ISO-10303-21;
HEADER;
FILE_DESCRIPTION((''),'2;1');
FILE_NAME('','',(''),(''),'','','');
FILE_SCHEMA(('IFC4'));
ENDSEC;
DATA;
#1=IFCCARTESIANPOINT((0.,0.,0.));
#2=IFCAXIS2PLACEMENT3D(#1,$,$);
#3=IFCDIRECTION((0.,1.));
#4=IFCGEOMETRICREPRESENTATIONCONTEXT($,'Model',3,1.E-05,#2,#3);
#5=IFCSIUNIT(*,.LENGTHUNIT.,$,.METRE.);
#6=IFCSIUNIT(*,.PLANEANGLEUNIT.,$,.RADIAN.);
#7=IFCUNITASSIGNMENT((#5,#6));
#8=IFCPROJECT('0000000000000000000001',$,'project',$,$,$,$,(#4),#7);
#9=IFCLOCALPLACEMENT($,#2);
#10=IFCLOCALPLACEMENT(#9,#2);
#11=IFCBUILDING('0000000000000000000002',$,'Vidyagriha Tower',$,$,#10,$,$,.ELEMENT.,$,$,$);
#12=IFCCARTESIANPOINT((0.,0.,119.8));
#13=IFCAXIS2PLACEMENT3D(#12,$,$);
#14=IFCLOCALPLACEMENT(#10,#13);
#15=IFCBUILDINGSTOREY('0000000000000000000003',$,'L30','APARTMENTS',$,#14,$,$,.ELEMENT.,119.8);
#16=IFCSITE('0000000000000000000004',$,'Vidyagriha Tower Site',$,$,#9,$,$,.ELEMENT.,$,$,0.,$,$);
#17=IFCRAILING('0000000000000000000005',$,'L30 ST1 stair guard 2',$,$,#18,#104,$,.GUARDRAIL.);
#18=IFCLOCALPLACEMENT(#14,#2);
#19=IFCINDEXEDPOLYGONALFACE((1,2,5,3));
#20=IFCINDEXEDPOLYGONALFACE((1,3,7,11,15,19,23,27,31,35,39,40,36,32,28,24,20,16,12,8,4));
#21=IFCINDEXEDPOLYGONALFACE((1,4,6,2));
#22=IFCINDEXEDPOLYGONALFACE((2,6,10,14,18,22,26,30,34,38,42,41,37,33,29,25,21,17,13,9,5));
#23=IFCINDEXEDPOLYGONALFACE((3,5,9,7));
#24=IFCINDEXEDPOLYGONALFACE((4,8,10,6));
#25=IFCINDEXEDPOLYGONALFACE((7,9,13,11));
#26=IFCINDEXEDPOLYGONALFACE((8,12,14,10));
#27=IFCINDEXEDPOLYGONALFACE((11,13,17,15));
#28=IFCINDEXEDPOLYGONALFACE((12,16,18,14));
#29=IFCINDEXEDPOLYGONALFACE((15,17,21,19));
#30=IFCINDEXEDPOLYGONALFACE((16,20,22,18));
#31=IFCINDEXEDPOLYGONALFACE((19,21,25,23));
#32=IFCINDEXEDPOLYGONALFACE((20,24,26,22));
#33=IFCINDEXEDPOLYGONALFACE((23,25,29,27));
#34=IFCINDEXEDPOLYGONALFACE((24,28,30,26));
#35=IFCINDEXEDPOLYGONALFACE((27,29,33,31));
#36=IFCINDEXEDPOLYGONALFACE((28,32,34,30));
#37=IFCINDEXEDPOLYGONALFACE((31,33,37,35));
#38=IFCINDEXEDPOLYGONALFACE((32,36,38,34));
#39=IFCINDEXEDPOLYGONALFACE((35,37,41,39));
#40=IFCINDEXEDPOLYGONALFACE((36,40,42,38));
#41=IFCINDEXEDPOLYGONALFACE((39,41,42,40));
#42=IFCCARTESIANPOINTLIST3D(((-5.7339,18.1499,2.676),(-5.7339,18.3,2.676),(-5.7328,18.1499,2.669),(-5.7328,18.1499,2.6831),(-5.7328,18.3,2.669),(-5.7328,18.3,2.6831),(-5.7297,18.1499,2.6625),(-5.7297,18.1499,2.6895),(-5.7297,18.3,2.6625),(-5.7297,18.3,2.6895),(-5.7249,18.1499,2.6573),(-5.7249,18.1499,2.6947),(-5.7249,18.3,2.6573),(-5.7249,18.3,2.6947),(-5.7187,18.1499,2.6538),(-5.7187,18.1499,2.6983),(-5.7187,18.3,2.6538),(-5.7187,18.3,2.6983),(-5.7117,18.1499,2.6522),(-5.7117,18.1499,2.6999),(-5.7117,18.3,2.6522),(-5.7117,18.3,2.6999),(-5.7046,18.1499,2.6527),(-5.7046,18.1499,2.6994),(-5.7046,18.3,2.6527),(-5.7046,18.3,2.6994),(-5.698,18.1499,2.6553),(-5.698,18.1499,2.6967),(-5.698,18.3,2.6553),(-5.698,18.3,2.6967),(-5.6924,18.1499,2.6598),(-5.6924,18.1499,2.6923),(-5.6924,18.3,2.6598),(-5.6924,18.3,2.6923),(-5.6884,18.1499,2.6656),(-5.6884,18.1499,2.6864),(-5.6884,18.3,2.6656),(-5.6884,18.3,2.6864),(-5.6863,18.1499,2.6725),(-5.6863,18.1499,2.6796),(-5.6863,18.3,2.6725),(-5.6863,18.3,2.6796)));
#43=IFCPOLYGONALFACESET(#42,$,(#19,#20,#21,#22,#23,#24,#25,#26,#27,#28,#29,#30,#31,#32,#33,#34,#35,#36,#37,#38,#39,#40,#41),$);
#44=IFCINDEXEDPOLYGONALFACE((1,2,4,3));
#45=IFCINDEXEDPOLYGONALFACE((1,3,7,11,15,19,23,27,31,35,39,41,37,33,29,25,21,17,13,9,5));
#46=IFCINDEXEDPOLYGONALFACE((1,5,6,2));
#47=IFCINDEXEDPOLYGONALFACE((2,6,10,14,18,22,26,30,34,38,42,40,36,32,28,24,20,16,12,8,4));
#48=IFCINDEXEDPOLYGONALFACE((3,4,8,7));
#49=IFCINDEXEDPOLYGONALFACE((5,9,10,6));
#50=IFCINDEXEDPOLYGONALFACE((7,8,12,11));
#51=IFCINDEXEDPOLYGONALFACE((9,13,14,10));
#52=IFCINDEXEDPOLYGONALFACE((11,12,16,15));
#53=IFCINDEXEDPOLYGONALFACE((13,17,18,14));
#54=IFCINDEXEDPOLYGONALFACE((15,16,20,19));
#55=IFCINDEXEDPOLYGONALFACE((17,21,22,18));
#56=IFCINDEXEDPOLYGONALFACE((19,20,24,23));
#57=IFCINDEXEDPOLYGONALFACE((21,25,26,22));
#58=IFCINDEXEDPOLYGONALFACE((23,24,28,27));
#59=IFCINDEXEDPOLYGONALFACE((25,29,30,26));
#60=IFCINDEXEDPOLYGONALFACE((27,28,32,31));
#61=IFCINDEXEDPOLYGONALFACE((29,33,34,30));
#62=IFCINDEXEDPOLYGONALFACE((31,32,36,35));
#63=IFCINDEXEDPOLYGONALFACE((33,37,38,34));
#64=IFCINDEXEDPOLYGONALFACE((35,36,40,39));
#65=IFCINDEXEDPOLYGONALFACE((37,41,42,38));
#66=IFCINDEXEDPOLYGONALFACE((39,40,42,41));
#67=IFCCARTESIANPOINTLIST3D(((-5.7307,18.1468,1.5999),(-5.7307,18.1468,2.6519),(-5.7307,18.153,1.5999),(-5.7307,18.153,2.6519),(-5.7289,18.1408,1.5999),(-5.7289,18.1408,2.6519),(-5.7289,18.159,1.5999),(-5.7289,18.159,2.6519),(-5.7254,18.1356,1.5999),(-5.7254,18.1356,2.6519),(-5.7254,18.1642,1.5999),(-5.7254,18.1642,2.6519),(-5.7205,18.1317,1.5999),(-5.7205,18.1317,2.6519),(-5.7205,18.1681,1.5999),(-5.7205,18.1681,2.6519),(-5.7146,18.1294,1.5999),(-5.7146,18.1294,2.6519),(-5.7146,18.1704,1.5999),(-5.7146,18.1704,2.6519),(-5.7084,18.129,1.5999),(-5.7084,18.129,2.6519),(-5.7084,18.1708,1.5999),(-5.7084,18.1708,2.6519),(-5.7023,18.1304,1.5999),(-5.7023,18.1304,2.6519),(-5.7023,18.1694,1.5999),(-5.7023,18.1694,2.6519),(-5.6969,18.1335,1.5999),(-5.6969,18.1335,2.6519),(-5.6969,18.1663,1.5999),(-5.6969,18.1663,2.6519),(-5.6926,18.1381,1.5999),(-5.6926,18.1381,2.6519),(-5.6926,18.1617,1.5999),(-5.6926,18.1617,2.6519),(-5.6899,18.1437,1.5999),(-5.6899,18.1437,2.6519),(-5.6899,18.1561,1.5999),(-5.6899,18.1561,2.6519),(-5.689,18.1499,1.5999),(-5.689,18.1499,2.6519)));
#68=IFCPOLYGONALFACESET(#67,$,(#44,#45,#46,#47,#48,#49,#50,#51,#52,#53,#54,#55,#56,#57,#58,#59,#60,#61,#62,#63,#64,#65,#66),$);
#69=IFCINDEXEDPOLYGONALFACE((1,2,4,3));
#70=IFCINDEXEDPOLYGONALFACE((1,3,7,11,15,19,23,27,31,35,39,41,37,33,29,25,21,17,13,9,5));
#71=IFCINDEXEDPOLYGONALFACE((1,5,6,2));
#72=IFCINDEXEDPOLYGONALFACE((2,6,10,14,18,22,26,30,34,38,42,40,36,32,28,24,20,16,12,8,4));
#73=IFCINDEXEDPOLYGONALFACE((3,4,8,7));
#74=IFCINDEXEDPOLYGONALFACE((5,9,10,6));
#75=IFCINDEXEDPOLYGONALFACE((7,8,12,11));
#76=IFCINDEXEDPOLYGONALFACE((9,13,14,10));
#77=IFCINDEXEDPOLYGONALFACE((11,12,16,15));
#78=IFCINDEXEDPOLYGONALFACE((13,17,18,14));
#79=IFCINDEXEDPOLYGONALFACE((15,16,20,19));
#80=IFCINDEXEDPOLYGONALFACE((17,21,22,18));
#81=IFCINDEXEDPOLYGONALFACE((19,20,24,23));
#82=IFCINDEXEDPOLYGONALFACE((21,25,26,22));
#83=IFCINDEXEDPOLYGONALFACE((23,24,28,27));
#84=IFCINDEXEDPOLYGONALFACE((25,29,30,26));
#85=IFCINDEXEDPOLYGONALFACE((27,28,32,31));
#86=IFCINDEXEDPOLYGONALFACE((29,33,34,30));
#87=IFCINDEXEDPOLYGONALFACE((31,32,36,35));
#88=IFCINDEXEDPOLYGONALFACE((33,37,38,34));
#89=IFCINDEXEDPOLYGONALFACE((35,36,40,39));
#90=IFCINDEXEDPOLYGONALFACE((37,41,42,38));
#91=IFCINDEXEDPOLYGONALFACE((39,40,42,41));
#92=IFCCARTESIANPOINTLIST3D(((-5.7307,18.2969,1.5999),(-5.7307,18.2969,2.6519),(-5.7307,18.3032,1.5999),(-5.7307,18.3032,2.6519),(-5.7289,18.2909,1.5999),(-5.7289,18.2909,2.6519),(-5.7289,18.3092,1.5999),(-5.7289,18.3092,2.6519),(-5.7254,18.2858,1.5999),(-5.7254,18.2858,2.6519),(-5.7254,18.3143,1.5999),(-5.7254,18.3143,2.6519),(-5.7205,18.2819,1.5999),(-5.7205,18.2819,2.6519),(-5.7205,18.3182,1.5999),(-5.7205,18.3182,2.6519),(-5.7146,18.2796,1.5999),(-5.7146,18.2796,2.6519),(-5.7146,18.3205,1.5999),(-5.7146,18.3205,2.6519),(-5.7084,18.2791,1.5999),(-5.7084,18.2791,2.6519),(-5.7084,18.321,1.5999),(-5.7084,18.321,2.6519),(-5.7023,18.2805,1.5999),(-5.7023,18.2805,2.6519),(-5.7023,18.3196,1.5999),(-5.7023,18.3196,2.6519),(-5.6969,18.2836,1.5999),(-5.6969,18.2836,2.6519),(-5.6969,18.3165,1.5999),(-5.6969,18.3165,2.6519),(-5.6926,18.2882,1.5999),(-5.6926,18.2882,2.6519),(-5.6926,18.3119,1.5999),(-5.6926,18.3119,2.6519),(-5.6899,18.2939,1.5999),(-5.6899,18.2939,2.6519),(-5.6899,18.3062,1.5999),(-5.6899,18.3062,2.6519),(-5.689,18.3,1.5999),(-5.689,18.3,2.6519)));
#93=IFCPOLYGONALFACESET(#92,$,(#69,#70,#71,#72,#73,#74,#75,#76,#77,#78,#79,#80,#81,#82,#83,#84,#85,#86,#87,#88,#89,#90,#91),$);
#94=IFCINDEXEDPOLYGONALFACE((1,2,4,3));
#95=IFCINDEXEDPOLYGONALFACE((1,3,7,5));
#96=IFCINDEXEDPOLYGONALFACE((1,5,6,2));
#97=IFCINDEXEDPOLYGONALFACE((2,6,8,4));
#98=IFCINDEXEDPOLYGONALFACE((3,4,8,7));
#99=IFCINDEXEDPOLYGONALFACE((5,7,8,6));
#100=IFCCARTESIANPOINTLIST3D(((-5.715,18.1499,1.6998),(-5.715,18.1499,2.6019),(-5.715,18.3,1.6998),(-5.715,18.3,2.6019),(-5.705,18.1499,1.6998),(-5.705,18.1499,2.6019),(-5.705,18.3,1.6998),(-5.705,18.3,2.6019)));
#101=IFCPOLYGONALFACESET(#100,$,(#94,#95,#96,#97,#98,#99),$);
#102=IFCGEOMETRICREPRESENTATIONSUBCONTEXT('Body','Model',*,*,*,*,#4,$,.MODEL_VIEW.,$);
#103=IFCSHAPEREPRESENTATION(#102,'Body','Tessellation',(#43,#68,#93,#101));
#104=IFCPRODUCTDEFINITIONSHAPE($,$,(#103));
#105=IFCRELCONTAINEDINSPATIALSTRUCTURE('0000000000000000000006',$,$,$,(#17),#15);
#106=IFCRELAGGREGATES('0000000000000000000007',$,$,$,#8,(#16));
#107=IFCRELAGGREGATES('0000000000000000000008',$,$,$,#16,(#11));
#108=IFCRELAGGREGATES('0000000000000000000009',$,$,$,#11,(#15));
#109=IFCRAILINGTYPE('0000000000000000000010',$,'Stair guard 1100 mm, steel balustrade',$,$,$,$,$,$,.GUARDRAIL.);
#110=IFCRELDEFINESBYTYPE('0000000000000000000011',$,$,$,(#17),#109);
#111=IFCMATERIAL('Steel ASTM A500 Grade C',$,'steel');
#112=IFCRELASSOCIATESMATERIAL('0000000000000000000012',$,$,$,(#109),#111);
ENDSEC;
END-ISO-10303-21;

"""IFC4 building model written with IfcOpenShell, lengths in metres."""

from ifc_helpers import new_model, si_unit, direction, frame, origin, origin_2d, place, context, subcontext, project, spatial, rectangle, circle, extrude, material, type_object, element, save


model = new_model("IFC4")

# Units and contexts
model_context = context("Model", 3, precision=1e-05, world=origin(), true_north=direction((0.0, 1.0)))
body_context = subcontext(model_context, "Body", "Model", "MODEL_VIEW")
ifc_project = project(units=[si_unit("LENGTHUNIT", "METRE"), si_unit("PLANEANGLEUNIT", "RADIAN")], contexts=[model_context])

# Site, building, storey
site_placement = place(None, origin())
site = spatial("IfcSite", under=ifc_project, at=site_placement, Name="Vidyagriha Tower Site", CompositionType="ELEMENT", RefElevation=0.0)
building_placement = place(site_placement, origin())
building = spatial("IfcBuilding", under=site, at=building_placement, Name="Vidyagriha Tower", CompositionType="ELEMENT")
storey_placement = place(building_placement, frame((0.0, 0.0, 119.8)))
storey = spatial("IfcBuildingStorey", under=building, at=storey_placement, Name="L30", Description="APARTMENTS", CompositionType="ELEMENT", Elevation=119.8)

# Railing
ifc_material_1 = material(Name="Steel ASTM A500 Grade C", Category="steel")
railing_type_1 = type_object("IfcRailingType", Name="Stair guard 1100 mm, steel balustrade", PredefinedType="GUARDRAIL", material=ifc_material_1)
railing_1_placement = place(storey_placement, frame((-5.71, 18.1499, 1.5999)))
element("IfcRailing", 1, at=railing_1_placement, inside=storey, type_object=railing_type_1, Name="L30 ST1 stair guard 2", PredefinedType="GUARDRAIL", context=body_context, shape_type="SweptSolid", body=[
    extrude(circle(Radius=0.0239, at=origin_2d()), frame((0.0, 0.0, 1.0762), z_axis=(0.0, 1.0, 0.0), x_axis=(-1.0, 0.0, 0.0)), (0.0, 0.0, 1.0), 0.1501),
    extrude(circle(Radius=0.021, at=origin_2d()), origin(), (0.0, 0.0, 1.0), 1.052),
    extrude(circle(Radius=0.021, at=origin_2d()), frame((0.0, 0.1501, 0.0)), (0.0, 0.0, 1.0), 1.052),
    extrude(rectangle(XDim=0.01, YDim=0.9021, at=origin_2d()), frame((0.0, 0.0, 0.551), z_axis=(0.0, 1.0, 0.0), x_axis=(-1.0, 0.0, 0.0)), (0.0, 0.0, 1.0), 0.1501),
])

save(model, "model.ifc")
